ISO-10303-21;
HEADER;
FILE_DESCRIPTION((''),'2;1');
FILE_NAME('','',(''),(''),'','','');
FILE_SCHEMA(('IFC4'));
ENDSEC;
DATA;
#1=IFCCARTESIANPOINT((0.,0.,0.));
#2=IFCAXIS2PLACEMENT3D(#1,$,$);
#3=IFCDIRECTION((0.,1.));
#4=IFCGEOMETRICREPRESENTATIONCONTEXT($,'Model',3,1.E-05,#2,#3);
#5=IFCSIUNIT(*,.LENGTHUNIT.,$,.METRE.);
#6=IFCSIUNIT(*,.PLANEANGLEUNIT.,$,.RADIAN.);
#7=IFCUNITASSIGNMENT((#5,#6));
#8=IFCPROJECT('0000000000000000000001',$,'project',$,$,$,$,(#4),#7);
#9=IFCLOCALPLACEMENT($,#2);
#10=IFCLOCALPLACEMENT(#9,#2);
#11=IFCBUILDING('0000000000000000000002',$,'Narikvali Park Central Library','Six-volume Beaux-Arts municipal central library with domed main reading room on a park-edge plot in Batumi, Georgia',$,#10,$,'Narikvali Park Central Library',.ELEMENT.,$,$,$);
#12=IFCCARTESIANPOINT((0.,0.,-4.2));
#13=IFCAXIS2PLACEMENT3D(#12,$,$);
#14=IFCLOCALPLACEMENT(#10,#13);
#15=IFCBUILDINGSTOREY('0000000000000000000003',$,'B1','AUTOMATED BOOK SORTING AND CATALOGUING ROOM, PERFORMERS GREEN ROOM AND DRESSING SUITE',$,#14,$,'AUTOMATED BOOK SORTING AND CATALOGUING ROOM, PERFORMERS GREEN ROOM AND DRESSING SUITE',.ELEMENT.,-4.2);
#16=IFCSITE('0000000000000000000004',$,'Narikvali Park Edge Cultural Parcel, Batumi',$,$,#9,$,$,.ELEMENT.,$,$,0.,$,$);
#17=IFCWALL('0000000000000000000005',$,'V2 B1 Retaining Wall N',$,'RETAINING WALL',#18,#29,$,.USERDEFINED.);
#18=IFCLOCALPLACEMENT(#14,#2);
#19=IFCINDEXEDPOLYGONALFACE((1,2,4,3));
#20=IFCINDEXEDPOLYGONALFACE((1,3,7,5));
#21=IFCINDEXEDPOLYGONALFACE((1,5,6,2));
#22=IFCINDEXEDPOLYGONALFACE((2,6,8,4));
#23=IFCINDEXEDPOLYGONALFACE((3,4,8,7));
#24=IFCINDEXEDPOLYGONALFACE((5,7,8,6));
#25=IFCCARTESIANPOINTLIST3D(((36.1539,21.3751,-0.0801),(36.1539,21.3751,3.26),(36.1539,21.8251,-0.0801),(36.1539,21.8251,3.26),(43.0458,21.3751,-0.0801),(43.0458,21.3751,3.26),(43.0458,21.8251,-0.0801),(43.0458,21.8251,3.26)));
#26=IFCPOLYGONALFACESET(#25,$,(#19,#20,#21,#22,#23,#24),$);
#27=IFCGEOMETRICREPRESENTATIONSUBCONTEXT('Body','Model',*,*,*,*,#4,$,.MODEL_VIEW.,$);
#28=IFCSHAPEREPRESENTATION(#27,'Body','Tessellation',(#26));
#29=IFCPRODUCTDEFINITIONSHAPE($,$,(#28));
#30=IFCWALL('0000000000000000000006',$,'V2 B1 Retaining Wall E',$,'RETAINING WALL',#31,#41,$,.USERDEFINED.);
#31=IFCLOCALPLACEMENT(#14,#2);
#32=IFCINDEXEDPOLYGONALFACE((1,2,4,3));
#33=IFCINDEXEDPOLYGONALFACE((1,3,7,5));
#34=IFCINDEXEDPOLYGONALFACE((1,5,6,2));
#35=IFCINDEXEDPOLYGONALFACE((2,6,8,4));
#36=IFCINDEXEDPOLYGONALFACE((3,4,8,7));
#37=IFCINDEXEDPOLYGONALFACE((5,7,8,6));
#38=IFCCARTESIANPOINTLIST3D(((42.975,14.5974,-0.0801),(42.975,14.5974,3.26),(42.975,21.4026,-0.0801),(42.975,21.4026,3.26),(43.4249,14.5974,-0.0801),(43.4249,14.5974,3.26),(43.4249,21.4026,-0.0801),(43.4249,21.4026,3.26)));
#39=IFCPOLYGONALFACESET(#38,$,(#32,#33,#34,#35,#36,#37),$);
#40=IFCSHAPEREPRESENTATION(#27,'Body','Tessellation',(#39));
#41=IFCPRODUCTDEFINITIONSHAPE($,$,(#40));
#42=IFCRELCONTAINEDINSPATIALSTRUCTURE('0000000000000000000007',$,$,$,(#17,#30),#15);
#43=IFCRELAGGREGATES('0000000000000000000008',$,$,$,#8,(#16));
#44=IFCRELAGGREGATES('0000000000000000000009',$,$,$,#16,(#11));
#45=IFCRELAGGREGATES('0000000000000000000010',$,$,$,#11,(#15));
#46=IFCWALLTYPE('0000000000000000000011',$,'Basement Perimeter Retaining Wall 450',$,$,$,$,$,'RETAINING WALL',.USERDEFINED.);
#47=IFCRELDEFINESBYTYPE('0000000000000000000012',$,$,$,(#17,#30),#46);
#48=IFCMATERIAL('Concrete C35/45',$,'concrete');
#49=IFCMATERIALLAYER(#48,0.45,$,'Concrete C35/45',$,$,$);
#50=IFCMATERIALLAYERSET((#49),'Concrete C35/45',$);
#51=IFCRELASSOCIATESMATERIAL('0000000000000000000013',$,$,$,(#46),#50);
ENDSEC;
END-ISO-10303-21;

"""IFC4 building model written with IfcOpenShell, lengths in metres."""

from ifc_helpers import new_model, si_unit, direction, frame, frame_2d, origin, place, context, subcontext, project, spatial, rectangle, extrude, material, layer, layer_set, type_object, element, save


model = new_model("IFC4")

# Units and contexts
model_context = context("Model", 3, precision=1e-05, world=origin(), true_north=direction((0.0, 1.0)))
body_context = subcontext(model_context, "Body", "Model", "MODEL_VIEW")
ifc_project = project(units=[si_unit("LENGTHUNIT", "METRE"), si_unit("PLANEANGLEUNIT", "RADIAN")], contexts=[model_context])

# Site, building, storey
site_placement = place(None, origin())
site = spatial("IfcSite", under=ifc_project, at=site_placement, Name="Narikvali Park Edge Cultural Parcel, Batumi", CompositionType="ELEMENT", RefElevation=0.0)
building_placement = place(site_placement, origin())
building = spatial("IfcBuilding", under=site, at=building_placement, Name="Narikvali Park Central Library", Description="Six-volume Beaux-Arts municipal central library with domed main reading room on a park-edge plot in Batumi, Georgia", LongName="Narikvali Park Central Library", CompositionType="ELEMENT")
storey_placement = place(building_placement, frame((0.0, 0.0, -4.2)))
storey = spatial("IfcBuildingStorey", under=building, at=storey_placement, Name="B1", Description="AUTOMATED BOOK SORTING AND CATALOGUING ROOM, PERFORMERS GREEN ROOM AND DRESSING SUITE", LongName="AUTOMATED BOOK SORTING AND CATALOGUING ROOM, PERFORMERS GREEN ROOM AND DRESSING SUITE", CompositionType="ELEMENT", Elevation=-4.2)

# Shared definitions
ifc_material_1 = material(Name="Concrete C35/45", Category="concrete")

# Walls
ifc_layer_1 = layer(ifc_material_1, 0.45, Name="Concrete C35/45")
ifc_layer_set_1 = layer_set([ifc_layer_1], Name="Concrete C35/45")
wall_type = type_object("IfcWallType", Name="Basement Perimeter Retaining Wall 450", ElementType="RETAINING WALL", PredefinedType="USERDEFINED", material=ifc_layer_set_1)
for number, where, z_axis, x_axis, name in (
    (1, (36.1541, 21.6001, -0.0801), (0.0, 0.0, 1.0), (1.0, 0.0, 0.0), "V2 B1 Retaining Wall N"),
):
    element("IfcWall", number, at=place(storey_placement, frame(where, z_axis=z_axis, x_axis=x_axis)), inside=storey, type_object=wall_type, Name=name, ObjectType="RETAINING WALL", PredefinedType="USERDEFINED", context=body_context, shape_type="SweptSolid", body=[
        extrude(rectangle(XDim=6.8918, YDim=0.45, at=frame_2d((3.4458, 0.0))), origin(), (0.0, 0.0, 1.0), 3.3401),
    ])
wall_placement = place(storey_placement, frame((43.2, 14.5974, -0.0801), z_axis=(0.0, 0.0, 1.0), x_axis=(0.0, 1.0, 0.0)))
element("IfcWall", 2, at=wall_placement, inside=storey, type_object=wall_type, Name="V2 B1 Retaining Wall E", ObjectType="RETAINING WALL", PredefinedType="USERDEFINED", context=body_context, shape_type="SweptSolid", body=[
    extrude(rectangle(XDim=6.8052, YDim=0.45, at=frame_2d((3.4026, 0.0))), origin(), (0.0, 0.0, 1.0), 3.3401),
])

save(model, "model.ifc")
